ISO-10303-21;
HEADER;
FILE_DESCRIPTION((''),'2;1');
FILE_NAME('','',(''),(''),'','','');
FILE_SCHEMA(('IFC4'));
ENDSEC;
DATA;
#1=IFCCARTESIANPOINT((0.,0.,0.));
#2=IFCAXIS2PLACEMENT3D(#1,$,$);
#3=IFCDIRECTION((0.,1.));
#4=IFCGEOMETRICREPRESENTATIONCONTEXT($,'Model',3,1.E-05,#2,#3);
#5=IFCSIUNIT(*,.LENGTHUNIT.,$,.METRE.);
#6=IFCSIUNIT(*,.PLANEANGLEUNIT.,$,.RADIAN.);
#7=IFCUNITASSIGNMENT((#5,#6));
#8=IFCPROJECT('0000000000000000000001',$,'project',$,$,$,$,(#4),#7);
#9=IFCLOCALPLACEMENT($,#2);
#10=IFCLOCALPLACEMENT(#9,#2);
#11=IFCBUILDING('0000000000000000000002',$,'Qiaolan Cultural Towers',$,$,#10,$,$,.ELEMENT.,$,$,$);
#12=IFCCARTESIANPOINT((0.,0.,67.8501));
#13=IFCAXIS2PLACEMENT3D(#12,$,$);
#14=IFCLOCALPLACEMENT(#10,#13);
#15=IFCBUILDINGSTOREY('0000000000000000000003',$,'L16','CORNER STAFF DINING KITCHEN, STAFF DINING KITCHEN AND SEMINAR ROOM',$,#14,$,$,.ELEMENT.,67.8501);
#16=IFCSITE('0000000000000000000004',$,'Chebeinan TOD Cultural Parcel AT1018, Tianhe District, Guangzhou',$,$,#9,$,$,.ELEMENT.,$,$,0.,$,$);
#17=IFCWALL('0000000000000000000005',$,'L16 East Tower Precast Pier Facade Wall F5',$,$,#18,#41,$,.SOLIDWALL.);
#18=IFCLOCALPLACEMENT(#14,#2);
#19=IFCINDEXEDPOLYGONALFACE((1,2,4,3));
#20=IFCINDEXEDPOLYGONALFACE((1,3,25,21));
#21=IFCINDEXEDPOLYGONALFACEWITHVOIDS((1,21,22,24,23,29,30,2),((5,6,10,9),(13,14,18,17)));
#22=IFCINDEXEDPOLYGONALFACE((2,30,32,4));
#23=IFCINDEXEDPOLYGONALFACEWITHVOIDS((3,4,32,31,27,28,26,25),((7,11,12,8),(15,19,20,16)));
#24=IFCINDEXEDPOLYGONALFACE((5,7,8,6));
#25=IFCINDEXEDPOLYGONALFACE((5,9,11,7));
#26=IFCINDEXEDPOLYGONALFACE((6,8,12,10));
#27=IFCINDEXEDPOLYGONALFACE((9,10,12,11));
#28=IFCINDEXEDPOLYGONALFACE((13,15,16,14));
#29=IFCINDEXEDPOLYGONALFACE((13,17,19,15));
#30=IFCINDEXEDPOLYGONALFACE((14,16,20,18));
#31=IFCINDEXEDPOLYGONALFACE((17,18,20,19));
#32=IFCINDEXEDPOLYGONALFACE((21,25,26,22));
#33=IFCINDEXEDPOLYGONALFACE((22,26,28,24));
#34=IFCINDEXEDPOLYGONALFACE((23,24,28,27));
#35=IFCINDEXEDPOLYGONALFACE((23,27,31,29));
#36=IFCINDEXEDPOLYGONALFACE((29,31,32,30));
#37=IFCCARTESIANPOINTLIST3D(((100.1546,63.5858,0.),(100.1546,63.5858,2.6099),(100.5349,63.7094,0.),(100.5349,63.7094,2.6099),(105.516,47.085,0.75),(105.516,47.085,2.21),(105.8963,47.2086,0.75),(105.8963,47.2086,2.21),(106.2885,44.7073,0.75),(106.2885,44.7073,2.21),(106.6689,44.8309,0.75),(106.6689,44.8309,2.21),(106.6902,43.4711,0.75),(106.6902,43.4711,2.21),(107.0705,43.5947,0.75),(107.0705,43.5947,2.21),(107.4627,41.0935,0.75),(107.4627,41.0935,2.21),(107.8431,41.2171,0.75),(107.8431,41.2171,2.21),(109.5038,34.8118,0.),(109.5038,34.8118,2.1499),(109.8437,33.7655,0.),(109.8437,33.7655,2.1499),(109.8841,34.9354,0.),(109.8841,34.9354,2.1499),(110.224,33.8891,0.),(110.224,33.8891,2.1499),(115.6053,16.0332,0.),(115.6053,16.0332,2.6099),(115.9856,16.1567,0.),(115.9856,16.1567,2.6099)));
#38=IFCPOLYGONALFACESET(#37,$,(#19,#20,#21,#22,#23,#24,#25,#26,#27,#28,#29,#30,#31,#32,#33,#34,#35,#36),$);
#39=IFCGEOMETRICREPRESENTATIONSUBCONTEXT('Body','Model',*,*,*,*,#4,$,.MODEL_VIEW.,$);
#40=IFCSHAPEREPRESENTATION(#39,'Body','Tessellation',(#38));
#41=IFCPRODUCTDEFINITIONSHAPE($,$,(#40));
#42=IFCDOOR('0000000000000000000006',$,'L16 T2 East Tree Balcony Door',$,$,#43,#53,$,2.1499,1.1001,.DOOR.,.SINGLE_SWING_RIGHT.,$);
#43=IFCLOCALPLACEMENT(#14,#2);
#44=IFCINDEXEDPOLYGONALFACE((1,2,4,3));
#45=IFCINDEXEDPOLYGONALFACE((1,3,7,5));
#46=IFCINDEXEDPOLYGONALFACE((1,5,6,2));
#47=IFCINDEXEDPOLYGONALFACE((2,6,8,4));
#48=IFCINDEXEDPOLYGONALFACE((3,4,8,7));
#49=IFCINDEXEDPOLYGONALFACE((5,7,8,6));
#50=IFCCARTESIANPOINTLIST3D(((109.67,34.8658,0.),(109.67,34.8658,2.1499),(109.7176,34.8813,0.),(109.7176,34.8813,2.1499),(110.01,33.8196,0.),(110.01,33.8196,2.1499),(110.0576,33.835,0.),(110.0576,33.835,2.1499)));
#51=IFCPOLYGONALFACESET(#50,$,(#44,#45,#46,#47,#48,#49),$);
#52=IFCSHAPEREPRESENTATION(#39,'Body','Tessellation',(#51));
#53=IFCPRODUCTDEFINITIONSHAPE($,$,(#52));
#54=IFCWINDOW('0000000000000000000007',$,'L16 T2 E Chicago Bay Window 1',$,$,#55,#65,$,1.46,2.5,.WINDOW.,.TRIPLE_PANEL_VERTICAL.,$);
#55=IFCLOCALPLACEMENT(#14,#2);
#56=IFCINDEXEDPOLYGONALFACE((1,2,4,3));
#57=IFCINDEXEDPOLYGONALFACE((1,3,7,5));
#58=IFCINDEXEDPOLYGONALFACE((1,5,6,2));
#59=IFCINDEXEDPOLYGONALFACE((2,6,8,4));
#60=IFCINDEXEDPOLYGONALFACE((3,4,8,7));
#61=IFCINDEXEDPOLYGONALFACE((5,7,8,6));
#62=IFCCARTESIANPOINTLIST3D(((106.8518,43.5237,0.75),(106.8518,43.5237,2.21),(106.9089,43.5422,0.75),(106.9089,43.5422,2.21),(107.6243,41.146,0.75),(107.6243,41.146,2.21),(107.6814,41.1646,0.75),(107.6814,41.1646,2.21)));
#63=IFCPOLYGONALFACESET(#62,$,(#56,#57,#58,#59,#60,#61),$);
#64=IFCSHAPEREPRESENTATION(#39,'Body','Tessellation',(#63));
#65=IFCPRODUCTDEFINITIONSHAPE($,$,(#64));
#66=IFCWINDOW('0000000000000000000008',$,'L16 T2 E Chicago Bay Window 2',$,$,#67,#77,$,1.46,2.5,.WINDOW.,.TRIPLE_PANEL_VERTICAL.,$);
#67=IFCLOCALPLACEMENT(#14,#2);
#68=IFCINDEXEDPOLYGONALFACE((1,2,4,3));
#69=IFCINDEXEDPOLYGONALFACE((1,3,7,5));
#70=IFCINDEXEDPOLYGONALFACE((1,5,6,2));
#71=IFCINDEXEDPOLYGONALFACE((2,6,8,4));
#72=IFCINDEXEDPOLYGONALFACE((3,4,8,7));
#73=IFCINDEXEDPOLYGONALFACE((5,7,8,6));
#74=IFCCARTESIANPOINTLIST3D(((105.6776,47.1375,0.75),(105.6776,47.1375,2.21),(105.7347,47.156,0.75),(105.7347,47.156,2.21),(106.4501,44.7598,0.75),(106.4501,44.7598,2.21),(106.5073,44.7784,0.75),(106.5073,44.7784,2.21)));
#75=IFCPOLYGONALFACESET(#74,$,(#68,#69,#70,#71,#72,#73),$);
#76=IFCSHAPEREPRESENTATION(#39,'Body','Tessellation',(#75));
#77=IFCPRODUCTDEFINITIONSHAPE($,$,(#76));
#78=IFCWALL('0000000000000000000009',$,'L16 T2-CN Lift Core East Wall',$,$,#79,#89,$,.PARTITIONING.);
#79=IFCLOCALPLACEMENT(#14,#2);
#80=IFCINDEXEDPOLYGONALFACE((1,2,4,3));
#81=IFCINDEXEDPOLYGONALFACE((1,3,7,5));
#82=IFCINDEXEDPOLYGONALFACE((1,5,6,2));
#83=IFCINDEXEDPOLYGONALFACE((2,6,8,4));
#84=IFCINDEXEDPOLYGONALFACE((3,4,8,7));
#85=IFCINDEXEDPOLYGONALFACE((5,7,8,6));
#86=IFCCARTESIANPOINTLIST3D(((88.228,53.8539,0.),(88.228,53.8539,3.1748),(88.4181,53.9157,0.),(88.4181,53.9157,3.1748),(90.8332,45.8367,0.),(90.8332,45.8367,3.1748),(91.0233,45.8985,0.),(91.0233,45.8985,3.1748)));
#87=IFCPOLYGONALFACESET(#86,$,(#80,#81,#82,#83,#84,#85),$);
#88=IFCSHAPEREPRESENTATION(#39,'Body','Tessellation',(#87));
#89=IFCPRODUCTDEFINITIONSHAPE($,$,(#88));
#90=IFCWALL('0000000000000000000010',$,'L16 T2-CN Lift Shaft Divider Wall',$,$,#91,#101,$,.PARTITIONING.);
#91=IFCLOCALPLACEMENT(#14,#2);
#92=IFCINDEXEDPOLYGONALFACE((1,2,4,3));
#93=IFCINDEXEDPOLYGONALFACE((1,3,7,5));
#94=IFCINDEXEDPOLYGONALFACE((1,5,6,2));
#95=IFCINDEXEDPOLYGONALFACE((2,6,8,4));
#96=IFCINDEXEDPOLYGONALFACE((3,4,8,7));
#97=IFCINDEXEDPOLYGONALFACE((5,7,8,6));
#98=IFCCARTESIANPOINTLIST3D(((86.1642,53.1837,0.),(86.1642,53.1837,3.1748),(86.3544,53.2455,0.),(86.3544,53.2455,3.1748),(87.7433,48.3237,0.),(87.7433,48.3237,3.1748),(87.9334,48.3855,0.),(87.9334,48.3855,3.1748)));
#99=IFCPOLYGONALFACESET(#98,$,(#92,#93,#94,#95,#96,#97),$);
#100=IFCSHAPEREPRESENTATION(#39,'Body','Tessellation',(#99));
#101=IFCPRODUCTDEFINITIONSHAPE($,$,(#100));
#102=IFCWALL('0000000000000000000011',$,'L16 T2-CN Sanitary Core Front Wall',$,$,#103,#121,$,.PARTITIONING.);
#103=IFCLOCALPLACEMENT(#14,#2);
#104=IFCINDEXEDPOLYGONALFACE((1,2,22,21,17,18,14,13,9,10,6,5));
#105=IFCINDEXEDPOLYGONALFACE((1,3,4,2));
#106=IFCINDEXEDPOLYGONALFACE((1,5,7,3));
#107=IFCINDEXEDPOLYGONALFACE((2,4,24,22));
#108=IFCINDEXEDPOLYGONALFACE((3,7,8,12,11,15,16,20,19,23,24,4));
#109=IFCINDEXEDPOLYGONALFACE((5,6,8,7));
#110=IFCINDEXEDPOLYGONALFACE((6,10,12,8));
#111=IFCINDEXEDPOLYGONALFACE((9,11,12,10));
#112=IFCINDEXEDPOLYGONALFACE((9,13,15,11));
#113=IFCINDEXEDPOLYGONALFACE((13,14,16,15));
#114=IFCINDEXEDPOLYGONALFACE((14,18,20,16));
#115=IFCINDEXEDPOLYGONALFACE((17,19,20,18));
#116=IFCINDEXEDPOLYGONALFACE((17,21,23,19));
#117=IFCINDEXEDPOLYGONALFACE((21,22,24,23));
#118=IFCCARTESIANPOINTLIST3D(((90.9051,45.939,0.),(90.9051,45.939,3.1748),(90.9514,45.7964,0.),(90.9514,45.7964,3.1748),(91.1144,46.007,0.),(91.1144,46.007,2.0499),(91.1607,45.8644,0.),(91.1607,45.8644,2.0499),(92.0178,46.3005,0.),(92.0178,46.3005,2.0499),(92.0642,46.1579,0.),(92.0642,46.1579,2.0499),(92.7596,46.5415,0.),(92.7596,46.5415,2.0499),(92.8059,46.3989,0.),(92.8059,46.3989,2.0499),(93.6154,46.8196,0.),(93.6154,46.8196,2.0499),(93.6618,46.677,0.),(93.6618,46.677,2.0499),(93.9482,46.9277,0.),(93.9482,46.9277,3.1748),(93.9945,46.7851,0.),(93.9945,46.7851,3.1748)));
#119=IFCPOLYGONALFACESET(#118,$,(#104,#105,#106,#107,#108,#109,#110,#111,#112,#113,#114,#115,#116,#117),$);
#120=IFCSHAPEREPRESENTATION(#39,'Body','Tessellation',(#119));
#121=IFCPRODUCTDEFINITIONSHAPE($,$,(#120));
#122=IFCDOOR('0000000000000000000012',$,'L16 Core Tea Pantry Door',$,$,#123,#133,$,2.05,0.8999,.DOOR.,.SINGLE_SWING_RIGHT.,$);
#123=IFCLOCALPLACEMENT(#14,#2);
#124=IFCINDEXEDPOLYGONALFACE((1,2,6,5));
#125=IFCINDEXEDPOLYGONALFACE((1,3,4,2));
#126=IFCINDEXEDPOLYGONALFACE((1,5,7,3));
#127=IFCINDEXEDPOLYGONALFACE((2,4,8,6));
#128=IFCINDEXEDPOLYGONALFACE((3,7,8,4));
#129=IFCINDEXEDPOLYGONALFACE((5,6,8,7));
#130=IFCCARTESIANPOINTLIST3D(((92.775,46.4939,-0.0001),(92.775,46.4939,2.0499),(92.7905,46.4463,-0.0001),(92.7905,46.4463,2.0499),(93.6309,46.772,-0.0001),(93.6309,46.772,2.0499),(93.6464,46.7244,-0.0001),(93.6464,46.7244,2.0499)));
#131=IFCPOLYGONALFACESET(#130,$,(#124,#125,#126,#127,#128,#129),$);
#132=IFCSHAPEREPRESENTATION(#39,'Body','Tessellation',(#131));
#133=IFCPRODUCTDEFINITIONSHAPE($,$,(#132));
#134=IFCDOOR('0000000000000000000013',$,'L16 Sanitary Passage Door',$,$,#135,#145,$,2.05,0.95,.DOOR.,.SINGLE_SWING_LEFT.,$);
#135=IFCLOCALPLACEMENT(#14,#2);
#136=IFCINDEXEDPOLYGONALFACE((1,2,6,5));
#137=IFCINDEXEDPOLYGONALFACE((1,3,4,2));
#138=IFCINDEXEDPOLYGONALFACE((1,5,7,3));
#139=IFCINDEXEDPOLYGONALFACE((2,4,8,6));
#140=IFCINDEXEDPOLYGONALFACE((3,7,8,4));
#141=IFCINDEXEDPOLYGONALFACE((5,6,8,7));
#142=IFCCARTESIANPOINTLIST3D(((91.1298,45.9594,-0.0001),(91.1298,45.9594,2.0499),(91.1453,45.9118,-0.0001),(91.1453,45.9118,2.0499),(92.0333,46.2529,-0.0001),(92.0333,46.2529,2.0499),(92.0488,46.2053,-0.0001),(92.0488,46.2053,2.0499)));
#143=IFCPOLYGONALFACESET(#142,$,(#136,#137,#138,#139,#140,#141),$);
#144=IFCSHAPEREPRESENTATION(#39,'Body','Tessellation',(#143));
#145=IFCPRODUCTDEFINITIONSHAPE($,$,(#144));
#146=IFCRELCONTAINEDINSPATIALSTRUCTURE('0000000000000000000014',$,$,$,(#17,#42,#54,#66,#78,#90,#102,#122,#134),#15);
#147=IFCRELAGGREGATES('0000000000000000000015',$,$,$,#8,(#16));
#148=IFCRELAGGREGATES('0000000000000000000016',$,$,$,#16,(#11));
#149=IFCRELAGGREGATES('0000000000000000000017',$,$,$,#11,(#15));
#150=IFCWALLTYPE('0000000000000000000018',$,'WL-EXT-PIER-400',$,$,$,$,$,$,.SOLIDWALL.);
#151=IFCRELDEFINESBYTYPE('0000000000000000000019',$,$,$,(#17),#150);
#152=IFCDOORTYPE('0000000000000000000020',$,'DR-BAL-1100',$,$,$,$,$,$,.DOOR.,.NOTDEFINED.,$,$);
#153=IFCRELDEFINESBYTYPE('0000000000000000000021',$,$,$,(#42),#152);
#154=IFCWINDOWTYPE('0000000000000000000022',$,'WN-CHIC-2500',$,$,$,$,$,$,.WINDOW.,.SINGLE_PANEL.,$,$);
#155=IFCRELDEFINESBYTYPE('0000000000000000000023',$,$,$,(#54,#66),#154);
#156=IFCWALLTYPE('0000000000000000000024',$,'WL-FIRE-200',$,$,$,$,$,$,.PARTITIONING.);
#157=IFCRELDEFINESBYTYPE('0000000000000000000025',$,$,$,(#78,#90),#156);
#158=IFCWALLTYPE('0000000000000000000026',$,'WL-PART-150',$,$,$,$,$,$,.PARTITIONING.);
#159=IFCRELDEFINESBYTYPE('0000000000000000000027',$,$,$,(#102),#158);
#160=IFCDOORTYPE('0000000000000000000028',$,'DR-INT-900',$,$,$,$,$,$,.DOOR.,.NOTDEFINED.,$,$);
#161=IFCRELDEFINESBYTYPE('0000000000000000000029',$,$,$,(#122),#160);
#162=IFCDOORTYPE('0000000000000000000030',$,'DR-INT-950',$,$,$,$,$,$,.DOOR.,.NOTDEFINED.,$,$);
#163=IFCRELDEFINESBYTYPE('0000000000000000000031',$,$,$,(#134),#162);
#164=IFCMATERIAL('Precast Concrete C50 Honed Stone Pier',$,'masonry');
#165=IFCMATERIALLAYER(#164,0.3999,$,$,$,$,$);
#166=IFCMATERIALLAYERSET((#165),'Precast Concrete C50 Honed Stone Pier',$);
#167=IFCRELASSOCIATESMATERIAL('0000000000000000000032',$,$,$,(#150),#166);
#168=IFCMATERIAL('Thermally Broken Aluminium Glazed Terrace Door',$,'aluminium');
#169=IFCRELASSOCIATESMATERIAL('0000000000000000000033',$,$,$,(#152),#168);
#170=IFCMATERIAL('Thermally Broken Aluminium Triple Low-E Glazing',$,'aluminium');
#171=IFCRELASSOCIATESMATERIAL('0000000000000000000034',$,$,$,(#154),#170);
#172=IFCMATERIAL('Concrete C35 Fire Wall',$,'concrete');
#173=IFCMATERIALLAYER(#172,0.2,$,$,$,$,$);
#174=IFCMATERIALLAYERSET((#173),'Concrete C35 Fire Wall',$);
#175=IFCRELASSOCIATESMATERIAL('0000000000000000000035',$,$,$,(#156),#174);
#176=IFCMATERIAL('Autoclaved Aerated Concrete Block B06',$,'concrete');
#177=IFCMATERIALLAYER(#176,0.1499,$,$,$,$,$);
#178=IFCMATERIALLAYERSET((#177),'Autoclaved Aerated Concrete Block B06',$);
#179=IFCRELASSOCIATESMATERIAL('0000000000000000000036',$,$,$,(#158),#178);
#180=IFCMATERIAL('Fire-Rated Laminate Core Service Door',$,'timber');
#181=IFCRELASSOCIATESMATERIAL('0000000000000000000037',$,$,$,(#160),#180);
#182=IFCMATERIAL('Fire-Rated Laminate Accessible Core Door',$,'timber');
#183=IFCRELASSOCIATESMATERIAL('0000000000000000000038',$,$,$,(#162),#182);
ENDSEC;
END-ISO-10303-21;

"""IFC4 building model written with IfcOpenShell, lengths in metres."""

from ifc_helpers import new_model, si_unit, direction, frame, frame_2d, origin, place, context, subcontext, project, spatial, rectangle, extrude, material, layer, layer_set, type_object, element, fill, save


model = new_model("IFC4")

# Units and contexts
model_context = context("Model", 3, precision=1e-05, world=origin(), true_north=direction((0.0, 1.0)))
body_context = subcontext(model_context, "Body", "Model", "MODEL_VIEW")
ifc_project = project(units=[si_unit("LENGTHUNIT", "METRE"), si_unit("PLANEANGLEUNIT", "RADIAN")], contexts=[model_context])

# Site, building, storey
site_placement = place(None, origin())
site = spatial("IfcSite", under=ifc_project, at=site_placement, Name="Chebeinan TOD Cultural Parcel AT1018, Tianhe District, Guangzhou", CompositionType="ELEMENT", RefElevation=0.0)
building_placement = place(site_placement, origin())
building = spatial("IfcBuilding", under=site, at=building_placement, Name="Qiaolan Cultural Towers", CompositionType="ELEMENT")
storey_placement = place(building_placement, frame((0.0, 0.0, 67.8501)))
storey = spatial("IfcBuildingStorey", under=building, at=storey_placement, Name="L16", Description="CORNER STAFF DINING KITCHEN, STAFF DINING KITCHEN AND SEMINAR ROOM", CompositionType="ELEMENT", Elevation=67.8501)

# Shared definitions
ifc_material_1 = material(Name="Precast Concrete C50 Honed Stone Pier", Category="masonry")
ifc_layer_1 = layer(ifc_material_1, 0.3999)
ifc_layer_set_1 = layer_set([ifc_layer_1], Name="Precast Concrete C50 Honed Stone Pier")
wall_type_1 = type_object("IfcWallType", Name="WL-EXT-PIER-400", PredefinedType="SOLIDWALL", material=ifc_layer_set_1)

# Wall, openings, door, windows
wall_1_placement = place(storey_placement, frame((100.3447, 63.6477, 0.0), z_axis=(0.0, 0.0, 1.0), x_axis=(0.309015, -0.951057, 0.0)))
wall_1 = element("IfcWall", 1, at=wall_1_placement, inside=storey, type_object=wall_type_1, Name="L16 East Tower Precast Pier Facade Wall F5", PredefinedType="SOLIDWALL", context=body_context, shape_type="SweptSolid", body=[
    extrude(rectangle(XDim=49.9998, YDim=0.3999, at=frame_2d((25.0, 0.0))), origin(), (0.0, 0.0, 1.0), 2.6099),
])
opening_1_placement = place(wall_1_placement, frame((21.1499, 0.0, 0.75)))
opening_1 = element("IfcOpeningElement", 2, at=opening_1_placement, cuts=wall_1, PredefinedType="OPENING", context=body_context, shape_type="SweptSolid", body=[
    extrude(rectangle(XDim=2.5, YDim=1.46, at=frame_2d((1.25, 0.73))), frame((0.0, 0.21, 0.0), z_axis=(0.0, -1.0, 0.0), x_axis=(1.0, 0.0, 0.0)), (0.0, 0.0, 1.0), 0.4199),
])
opening_2_placement = place(wall_1_placement, frame((17.3501, 0.0, 0.75)))
opening_2 = element("IfcOpeningElement", 3, at=opening_2_placement, cuts=wall_1, PredefinedType="OPENING", context=body_context, shape_type="SweptSolid", body=[
    extrude(rectangle(XDim=2.5, YDim=1.46, at=frame_2d((1.25, 0.73))), frame((0.0, 0.21, 0.0), z_axis=(0.0, -1.0, 0.0), x_axis=(1.0, 0.0, 0.0)), (0.0, 0.0, 1.0), 0.4199),
])
opening_3_placement = place(wall_1_placement, frame((30.2549, 0.0, 0.0)))
opening_3 = element("IfcOpeningElement", 4, at=opening_3_placement, cuts=wall_1, PredefinedType="OPENING", context=body_context, shape_type="SweptSolid", body=[
    extrude(rectangle(XDim=1.1001, YDim=2.1499, at=frame_2d((0.55, 1.075))), frame((0.0, 0.21, 0.0), z_axis=(0.0, -1.0, 0.0), x_axis=(1.0, 0.0, 0.0)), (0.0, 0.0, 1.0), 0.4199),
])
ifc_material_2 = material(Name="Thermally Broken Aluminium Glazed Terrace Door", Category="aluminium")
door_type_1 = type_object("IfcDoorType", Name="DR-BAL-1100", OperationType="NOTDEFINED", PredefinedType="DOOR", material=ifc_material_2)
door_1_placement = place(opening_3_placement, origin())
door_1 = element("IfcDoor", 5, at=door_1_placement, inside=storey, type_object=door_type_1, Name="L16 T2 East Tree Balcony Door", OperationType="SINGLE_SWING_RIGHT", OverallHeight=2.1499, OverallWidth=1.1001, PredefinedType="DOOR", context=body_context, shape_type="SweptSolid", body=[
    extrude(rectangle(XDim=1.1001, YDim=2.1499, at=frame_2d((0.55, 1.075))), frame((0.0, 0.0249, 0.0), z_axis=(0.0, -1.0, 0.0), x_axis=(1.0, 0.0, 0.0)), (0.0, 0.0, 1.0), 0.05),
])
fill(opening_3, door_1)
ifc_material_3 = material(Name="Thermally Broken Aluminium Triple Low-E Glazing", Category="aluminium")
window_type = type_object("IfcWindowType", Name="WN-CHIC-2500", PartitioningType="SINGLE_PANEL", PredefinedType="WINDOW", material=ifc_material_3)
window_1_placement = place(opening_1_placement, origin())
window_1 = element("IfcWindow", 6, at=window_1_placement, inside=storey, type_object=window_type, Name="L16 T2 E Chicago Bay Window 1", OverallHeight=1.46, OverallWidth=2.5, PartitioningType="TRIPLE_PANEL_VERTICAL", PredefinedType="WINDOW", context=body_context, shape_type="SweptSolid", body=[
    extrude(rectangle(XDim=2.5, YDim=1.46, at=frame_2d((1.25, 0.73))), frame((0.0, 0.03, 0.0), z_axis=(0.0, -1.0, 0.0), x_axis=(1.0, 0.0, 0.0)), (0.0, 0.0, 1.0), 0.0601),
])
fill(opening_1, window_1)
window_2_placement = place(opening_2_placement, origin())
window_2 = element("IfcWindow", 7, at=window_2_placement, inside=storey, type_object=window_type, Name="L16 T2 E Chicago Bay Window 2", OverallHeight=1.46, OverallWidth=2.5, PartitioningType="TRIPLE_PANEL_VERTICAL", PredefinedType="WINDOW", context=body_context, shape_type="SweptSolid", body=[
    extrude(rectangle(XDim=2.5, YDim=1.46, at=frame_2d((1.25, 0.73))), frame((0.0, 0.03, 0.0), z_axis=(0.0, -1.0, 0.0), x_axis=(1.0, 0.0, 0.0)), (0.0, 0.0, 1.0), 0.0601),
])
fill(opening_2, window_2)

# Walls
ifc_material_4 = material(Name="Concrete C35 Fire Wall", Category="concrete")
ifc_layer_2 = layer(ifc_material_4, 0.2)
ifc_layer_set_2 = layer_set([ifc_layer_2], Name="Concrete C35 Fire Wall")
wall_type_2 = type_object("IfcWallType", Name="WL-FIRE-200", PredefinedType="PARTITIONING", material=ifc_layer_set_2)
wall_2_placement = place(storey_placement, frame((90.9282, 45.8677, 0.0), z_axis=(0.0, 0.0, 1.0), x_axis=(-0.309042, 0.951048, 0.0)))
element("IfcWall", 8, at=wall_2_placement, inside=storey, type_object=wall_type_2, Name="L16 T2-CN Lift Core East Wall", PredefinedType="PARTITIONING", context=body_context, shape_type="SweptSolid", body=[
    extrude(rectangle(XDim=8.4299, YDim=0.2, at=frame_2d((4.2148, 0.0))), origin(), (0.0, 0.0, 1.0), 3.1748),
])
wall_3_placement = place(storey_placement, frame((87.8384, 48.3545, 0.0), z_axis=(0.0, 0.0, 1.0), x_axis=(-0.309009, 0.951059, 0.0)))
element("IfcWall", 9, at=wall_3_placement, inside=storey, type_object=wall_type_2, Name="L16 T2-CN Lift Shaft Divider Wall", PredefinedType="PARTITIONING", context=body_context, shape_type="SweptSolid", body=[
    extrude(rectangle(XDim=5.1101, YDim=0.2, at=frame_2d((2.5552, 0.0))), origin(), (0.0, 0.0, 1.0), 3.1748),
])

# Wall, openings, doors
ifc_material_5 = material(Name="Autoclaved Aerated Concrete Block B06", Category="concrete")
ifc_layer_3 = layer(ifc_material_5, 0.1499)
ifc_layer_set_3 = layer_set([ifc_layer_3], Name="Autoclaved Aerated Concrete Block B06")
wall_type_3 = type_object("IfcWallType", Name="WL-PART-150", PredefinedType="PARTITIONING", material=ifc_layer_set_3)
wall_4_placement = place(storey_placement, frame((90.9282, 45.8677, 0.0), z_axis=(0.0, 0.0, 1.0), x_axis=(0.951059, 0.309008, 0.0)))
wall_4 = element("IfcWall", 10, at=wall_4_placement, inside=storey, type_object=wall_type_3, Name="L16 T2-CN Sanitary Core Front Wall", PredefinedType="PARTITIONING", context=body_context, shape_type="SweptSolid", body=[
    extrude(rectangle(XDim=3.1997, YDim=0.1499, at=frame_2d((1.5999, 0.0))), origin(), (0.0, 0.0, 1.0), 3.1748),
])
opening_4_placement = place(wall_4_placement, frame((0.22, 0.0, 0.0)))
opening_4 = element("IfcOpeningElement", 11, at=opening_4_placement, cuts=wall_4, PredefinedType="OPENING", context=body_context, shape_type="SweptSolid", body=[
    extrude(rectangle(XDim=0.95, YDim=2.05, at=frame_2d((0.4751, 1.0249))), frame((0.0, 0.085, 0.0), z_axis=(0.0, -1.0, 0.0), x_axis=(1.0, 0.0, 0.0)), (0.0, 0.0, 1.0), 0.1699),
])
opening_5_placement = place(wall_4_placement, frame((1.95, 0.0, 0.0)))
opening_5 = element("IfcOpeningElement", 12, at=opening_5_placement, cuts=wall_4, PredefinedType="OPENING", context=body_context, shape_type="SweptSolid", body=[
    extrude(rectangle(XDim=0.8999, YDim=2.05, at=frame_2d((0.45, 1.0249))), frame((0.0, 0.085, 0.0), z_axis=(0.0, -1.0, 0.0), x_axis=(1.0, 0.0, 0.0)), (0.0, 0.0, 1.0), 0.1699),
])
ifc_material_6 = material(Name="Fire-Rated Laminate Core Service Door", Category="timber")
door_type_2 = type_object("IfcDoorType", Name="DR-INT-900", OperationType="NOTDEFINED", PredefinedType="DOOR", material=ifc_material_6)
door_2_placement = place(opening_5_placement, origin())
door_2 = element("IfcDoor", 13, at=door_2_placement, inside=storey, type_object=door_type_2, Name="L16 Core Tea Pantry Door", OperationType="SINGLE_SWING_RIGHT", OverallHeight=2.05, OverallWidth=0.8999, PredefinedType="DOOR", context=body_context, shape_type="SweptSolid", body=[
    extrude(rectangle(XDim=0.8999, YDim=2.05, at=frame_2d((0.45, 1.0249))), frame((0.0, 0.0249, 0.0), z_axis=(0.0, -1.0, 0.0), x_axis=(1.0, 0.0, 0.0)), (0.0, 0.0, 1.0), 0.05),
])
fill(opening_5, door_2)
ifc_material_7 = material(Name="Fire-Rated Laminate Accessible Core Door", Category="timber")
door_type_3 = type_object("IfcDoorType", Name="DR-INT-950", OperationType="NOTDEFINED", PredefinedType="DOOR", material=ifc_material_7)
door_3_placement = place(opening_4_placement, origin())
door_3 = element("IfcDoor", 14, at=door_3_placement, inside=storey, type_object=door_type_3, Name="L16 Sanitary Passage Door", OperationType="SINGLE_SWING_LEFT", OverallHeight=2.05, OverallWidth=0.95, PredefinedType="DOOR", context=body_context, shape_type="SweptSolid", body=[
    extrude(rectangle(XDim=0.95, YDim=2.05, at=frame_2d((0.4751, 1.0249))), frame((0.0, 0.0249, 0.0), z_axis=(0.0, -1.0, 0.0), x_axis=(1.0, 0.0, 0.0)), (0.0, 0.0, 1.0), 0.05),
])
fill(opening_4, door_3)

save(model, "model.ifc")
